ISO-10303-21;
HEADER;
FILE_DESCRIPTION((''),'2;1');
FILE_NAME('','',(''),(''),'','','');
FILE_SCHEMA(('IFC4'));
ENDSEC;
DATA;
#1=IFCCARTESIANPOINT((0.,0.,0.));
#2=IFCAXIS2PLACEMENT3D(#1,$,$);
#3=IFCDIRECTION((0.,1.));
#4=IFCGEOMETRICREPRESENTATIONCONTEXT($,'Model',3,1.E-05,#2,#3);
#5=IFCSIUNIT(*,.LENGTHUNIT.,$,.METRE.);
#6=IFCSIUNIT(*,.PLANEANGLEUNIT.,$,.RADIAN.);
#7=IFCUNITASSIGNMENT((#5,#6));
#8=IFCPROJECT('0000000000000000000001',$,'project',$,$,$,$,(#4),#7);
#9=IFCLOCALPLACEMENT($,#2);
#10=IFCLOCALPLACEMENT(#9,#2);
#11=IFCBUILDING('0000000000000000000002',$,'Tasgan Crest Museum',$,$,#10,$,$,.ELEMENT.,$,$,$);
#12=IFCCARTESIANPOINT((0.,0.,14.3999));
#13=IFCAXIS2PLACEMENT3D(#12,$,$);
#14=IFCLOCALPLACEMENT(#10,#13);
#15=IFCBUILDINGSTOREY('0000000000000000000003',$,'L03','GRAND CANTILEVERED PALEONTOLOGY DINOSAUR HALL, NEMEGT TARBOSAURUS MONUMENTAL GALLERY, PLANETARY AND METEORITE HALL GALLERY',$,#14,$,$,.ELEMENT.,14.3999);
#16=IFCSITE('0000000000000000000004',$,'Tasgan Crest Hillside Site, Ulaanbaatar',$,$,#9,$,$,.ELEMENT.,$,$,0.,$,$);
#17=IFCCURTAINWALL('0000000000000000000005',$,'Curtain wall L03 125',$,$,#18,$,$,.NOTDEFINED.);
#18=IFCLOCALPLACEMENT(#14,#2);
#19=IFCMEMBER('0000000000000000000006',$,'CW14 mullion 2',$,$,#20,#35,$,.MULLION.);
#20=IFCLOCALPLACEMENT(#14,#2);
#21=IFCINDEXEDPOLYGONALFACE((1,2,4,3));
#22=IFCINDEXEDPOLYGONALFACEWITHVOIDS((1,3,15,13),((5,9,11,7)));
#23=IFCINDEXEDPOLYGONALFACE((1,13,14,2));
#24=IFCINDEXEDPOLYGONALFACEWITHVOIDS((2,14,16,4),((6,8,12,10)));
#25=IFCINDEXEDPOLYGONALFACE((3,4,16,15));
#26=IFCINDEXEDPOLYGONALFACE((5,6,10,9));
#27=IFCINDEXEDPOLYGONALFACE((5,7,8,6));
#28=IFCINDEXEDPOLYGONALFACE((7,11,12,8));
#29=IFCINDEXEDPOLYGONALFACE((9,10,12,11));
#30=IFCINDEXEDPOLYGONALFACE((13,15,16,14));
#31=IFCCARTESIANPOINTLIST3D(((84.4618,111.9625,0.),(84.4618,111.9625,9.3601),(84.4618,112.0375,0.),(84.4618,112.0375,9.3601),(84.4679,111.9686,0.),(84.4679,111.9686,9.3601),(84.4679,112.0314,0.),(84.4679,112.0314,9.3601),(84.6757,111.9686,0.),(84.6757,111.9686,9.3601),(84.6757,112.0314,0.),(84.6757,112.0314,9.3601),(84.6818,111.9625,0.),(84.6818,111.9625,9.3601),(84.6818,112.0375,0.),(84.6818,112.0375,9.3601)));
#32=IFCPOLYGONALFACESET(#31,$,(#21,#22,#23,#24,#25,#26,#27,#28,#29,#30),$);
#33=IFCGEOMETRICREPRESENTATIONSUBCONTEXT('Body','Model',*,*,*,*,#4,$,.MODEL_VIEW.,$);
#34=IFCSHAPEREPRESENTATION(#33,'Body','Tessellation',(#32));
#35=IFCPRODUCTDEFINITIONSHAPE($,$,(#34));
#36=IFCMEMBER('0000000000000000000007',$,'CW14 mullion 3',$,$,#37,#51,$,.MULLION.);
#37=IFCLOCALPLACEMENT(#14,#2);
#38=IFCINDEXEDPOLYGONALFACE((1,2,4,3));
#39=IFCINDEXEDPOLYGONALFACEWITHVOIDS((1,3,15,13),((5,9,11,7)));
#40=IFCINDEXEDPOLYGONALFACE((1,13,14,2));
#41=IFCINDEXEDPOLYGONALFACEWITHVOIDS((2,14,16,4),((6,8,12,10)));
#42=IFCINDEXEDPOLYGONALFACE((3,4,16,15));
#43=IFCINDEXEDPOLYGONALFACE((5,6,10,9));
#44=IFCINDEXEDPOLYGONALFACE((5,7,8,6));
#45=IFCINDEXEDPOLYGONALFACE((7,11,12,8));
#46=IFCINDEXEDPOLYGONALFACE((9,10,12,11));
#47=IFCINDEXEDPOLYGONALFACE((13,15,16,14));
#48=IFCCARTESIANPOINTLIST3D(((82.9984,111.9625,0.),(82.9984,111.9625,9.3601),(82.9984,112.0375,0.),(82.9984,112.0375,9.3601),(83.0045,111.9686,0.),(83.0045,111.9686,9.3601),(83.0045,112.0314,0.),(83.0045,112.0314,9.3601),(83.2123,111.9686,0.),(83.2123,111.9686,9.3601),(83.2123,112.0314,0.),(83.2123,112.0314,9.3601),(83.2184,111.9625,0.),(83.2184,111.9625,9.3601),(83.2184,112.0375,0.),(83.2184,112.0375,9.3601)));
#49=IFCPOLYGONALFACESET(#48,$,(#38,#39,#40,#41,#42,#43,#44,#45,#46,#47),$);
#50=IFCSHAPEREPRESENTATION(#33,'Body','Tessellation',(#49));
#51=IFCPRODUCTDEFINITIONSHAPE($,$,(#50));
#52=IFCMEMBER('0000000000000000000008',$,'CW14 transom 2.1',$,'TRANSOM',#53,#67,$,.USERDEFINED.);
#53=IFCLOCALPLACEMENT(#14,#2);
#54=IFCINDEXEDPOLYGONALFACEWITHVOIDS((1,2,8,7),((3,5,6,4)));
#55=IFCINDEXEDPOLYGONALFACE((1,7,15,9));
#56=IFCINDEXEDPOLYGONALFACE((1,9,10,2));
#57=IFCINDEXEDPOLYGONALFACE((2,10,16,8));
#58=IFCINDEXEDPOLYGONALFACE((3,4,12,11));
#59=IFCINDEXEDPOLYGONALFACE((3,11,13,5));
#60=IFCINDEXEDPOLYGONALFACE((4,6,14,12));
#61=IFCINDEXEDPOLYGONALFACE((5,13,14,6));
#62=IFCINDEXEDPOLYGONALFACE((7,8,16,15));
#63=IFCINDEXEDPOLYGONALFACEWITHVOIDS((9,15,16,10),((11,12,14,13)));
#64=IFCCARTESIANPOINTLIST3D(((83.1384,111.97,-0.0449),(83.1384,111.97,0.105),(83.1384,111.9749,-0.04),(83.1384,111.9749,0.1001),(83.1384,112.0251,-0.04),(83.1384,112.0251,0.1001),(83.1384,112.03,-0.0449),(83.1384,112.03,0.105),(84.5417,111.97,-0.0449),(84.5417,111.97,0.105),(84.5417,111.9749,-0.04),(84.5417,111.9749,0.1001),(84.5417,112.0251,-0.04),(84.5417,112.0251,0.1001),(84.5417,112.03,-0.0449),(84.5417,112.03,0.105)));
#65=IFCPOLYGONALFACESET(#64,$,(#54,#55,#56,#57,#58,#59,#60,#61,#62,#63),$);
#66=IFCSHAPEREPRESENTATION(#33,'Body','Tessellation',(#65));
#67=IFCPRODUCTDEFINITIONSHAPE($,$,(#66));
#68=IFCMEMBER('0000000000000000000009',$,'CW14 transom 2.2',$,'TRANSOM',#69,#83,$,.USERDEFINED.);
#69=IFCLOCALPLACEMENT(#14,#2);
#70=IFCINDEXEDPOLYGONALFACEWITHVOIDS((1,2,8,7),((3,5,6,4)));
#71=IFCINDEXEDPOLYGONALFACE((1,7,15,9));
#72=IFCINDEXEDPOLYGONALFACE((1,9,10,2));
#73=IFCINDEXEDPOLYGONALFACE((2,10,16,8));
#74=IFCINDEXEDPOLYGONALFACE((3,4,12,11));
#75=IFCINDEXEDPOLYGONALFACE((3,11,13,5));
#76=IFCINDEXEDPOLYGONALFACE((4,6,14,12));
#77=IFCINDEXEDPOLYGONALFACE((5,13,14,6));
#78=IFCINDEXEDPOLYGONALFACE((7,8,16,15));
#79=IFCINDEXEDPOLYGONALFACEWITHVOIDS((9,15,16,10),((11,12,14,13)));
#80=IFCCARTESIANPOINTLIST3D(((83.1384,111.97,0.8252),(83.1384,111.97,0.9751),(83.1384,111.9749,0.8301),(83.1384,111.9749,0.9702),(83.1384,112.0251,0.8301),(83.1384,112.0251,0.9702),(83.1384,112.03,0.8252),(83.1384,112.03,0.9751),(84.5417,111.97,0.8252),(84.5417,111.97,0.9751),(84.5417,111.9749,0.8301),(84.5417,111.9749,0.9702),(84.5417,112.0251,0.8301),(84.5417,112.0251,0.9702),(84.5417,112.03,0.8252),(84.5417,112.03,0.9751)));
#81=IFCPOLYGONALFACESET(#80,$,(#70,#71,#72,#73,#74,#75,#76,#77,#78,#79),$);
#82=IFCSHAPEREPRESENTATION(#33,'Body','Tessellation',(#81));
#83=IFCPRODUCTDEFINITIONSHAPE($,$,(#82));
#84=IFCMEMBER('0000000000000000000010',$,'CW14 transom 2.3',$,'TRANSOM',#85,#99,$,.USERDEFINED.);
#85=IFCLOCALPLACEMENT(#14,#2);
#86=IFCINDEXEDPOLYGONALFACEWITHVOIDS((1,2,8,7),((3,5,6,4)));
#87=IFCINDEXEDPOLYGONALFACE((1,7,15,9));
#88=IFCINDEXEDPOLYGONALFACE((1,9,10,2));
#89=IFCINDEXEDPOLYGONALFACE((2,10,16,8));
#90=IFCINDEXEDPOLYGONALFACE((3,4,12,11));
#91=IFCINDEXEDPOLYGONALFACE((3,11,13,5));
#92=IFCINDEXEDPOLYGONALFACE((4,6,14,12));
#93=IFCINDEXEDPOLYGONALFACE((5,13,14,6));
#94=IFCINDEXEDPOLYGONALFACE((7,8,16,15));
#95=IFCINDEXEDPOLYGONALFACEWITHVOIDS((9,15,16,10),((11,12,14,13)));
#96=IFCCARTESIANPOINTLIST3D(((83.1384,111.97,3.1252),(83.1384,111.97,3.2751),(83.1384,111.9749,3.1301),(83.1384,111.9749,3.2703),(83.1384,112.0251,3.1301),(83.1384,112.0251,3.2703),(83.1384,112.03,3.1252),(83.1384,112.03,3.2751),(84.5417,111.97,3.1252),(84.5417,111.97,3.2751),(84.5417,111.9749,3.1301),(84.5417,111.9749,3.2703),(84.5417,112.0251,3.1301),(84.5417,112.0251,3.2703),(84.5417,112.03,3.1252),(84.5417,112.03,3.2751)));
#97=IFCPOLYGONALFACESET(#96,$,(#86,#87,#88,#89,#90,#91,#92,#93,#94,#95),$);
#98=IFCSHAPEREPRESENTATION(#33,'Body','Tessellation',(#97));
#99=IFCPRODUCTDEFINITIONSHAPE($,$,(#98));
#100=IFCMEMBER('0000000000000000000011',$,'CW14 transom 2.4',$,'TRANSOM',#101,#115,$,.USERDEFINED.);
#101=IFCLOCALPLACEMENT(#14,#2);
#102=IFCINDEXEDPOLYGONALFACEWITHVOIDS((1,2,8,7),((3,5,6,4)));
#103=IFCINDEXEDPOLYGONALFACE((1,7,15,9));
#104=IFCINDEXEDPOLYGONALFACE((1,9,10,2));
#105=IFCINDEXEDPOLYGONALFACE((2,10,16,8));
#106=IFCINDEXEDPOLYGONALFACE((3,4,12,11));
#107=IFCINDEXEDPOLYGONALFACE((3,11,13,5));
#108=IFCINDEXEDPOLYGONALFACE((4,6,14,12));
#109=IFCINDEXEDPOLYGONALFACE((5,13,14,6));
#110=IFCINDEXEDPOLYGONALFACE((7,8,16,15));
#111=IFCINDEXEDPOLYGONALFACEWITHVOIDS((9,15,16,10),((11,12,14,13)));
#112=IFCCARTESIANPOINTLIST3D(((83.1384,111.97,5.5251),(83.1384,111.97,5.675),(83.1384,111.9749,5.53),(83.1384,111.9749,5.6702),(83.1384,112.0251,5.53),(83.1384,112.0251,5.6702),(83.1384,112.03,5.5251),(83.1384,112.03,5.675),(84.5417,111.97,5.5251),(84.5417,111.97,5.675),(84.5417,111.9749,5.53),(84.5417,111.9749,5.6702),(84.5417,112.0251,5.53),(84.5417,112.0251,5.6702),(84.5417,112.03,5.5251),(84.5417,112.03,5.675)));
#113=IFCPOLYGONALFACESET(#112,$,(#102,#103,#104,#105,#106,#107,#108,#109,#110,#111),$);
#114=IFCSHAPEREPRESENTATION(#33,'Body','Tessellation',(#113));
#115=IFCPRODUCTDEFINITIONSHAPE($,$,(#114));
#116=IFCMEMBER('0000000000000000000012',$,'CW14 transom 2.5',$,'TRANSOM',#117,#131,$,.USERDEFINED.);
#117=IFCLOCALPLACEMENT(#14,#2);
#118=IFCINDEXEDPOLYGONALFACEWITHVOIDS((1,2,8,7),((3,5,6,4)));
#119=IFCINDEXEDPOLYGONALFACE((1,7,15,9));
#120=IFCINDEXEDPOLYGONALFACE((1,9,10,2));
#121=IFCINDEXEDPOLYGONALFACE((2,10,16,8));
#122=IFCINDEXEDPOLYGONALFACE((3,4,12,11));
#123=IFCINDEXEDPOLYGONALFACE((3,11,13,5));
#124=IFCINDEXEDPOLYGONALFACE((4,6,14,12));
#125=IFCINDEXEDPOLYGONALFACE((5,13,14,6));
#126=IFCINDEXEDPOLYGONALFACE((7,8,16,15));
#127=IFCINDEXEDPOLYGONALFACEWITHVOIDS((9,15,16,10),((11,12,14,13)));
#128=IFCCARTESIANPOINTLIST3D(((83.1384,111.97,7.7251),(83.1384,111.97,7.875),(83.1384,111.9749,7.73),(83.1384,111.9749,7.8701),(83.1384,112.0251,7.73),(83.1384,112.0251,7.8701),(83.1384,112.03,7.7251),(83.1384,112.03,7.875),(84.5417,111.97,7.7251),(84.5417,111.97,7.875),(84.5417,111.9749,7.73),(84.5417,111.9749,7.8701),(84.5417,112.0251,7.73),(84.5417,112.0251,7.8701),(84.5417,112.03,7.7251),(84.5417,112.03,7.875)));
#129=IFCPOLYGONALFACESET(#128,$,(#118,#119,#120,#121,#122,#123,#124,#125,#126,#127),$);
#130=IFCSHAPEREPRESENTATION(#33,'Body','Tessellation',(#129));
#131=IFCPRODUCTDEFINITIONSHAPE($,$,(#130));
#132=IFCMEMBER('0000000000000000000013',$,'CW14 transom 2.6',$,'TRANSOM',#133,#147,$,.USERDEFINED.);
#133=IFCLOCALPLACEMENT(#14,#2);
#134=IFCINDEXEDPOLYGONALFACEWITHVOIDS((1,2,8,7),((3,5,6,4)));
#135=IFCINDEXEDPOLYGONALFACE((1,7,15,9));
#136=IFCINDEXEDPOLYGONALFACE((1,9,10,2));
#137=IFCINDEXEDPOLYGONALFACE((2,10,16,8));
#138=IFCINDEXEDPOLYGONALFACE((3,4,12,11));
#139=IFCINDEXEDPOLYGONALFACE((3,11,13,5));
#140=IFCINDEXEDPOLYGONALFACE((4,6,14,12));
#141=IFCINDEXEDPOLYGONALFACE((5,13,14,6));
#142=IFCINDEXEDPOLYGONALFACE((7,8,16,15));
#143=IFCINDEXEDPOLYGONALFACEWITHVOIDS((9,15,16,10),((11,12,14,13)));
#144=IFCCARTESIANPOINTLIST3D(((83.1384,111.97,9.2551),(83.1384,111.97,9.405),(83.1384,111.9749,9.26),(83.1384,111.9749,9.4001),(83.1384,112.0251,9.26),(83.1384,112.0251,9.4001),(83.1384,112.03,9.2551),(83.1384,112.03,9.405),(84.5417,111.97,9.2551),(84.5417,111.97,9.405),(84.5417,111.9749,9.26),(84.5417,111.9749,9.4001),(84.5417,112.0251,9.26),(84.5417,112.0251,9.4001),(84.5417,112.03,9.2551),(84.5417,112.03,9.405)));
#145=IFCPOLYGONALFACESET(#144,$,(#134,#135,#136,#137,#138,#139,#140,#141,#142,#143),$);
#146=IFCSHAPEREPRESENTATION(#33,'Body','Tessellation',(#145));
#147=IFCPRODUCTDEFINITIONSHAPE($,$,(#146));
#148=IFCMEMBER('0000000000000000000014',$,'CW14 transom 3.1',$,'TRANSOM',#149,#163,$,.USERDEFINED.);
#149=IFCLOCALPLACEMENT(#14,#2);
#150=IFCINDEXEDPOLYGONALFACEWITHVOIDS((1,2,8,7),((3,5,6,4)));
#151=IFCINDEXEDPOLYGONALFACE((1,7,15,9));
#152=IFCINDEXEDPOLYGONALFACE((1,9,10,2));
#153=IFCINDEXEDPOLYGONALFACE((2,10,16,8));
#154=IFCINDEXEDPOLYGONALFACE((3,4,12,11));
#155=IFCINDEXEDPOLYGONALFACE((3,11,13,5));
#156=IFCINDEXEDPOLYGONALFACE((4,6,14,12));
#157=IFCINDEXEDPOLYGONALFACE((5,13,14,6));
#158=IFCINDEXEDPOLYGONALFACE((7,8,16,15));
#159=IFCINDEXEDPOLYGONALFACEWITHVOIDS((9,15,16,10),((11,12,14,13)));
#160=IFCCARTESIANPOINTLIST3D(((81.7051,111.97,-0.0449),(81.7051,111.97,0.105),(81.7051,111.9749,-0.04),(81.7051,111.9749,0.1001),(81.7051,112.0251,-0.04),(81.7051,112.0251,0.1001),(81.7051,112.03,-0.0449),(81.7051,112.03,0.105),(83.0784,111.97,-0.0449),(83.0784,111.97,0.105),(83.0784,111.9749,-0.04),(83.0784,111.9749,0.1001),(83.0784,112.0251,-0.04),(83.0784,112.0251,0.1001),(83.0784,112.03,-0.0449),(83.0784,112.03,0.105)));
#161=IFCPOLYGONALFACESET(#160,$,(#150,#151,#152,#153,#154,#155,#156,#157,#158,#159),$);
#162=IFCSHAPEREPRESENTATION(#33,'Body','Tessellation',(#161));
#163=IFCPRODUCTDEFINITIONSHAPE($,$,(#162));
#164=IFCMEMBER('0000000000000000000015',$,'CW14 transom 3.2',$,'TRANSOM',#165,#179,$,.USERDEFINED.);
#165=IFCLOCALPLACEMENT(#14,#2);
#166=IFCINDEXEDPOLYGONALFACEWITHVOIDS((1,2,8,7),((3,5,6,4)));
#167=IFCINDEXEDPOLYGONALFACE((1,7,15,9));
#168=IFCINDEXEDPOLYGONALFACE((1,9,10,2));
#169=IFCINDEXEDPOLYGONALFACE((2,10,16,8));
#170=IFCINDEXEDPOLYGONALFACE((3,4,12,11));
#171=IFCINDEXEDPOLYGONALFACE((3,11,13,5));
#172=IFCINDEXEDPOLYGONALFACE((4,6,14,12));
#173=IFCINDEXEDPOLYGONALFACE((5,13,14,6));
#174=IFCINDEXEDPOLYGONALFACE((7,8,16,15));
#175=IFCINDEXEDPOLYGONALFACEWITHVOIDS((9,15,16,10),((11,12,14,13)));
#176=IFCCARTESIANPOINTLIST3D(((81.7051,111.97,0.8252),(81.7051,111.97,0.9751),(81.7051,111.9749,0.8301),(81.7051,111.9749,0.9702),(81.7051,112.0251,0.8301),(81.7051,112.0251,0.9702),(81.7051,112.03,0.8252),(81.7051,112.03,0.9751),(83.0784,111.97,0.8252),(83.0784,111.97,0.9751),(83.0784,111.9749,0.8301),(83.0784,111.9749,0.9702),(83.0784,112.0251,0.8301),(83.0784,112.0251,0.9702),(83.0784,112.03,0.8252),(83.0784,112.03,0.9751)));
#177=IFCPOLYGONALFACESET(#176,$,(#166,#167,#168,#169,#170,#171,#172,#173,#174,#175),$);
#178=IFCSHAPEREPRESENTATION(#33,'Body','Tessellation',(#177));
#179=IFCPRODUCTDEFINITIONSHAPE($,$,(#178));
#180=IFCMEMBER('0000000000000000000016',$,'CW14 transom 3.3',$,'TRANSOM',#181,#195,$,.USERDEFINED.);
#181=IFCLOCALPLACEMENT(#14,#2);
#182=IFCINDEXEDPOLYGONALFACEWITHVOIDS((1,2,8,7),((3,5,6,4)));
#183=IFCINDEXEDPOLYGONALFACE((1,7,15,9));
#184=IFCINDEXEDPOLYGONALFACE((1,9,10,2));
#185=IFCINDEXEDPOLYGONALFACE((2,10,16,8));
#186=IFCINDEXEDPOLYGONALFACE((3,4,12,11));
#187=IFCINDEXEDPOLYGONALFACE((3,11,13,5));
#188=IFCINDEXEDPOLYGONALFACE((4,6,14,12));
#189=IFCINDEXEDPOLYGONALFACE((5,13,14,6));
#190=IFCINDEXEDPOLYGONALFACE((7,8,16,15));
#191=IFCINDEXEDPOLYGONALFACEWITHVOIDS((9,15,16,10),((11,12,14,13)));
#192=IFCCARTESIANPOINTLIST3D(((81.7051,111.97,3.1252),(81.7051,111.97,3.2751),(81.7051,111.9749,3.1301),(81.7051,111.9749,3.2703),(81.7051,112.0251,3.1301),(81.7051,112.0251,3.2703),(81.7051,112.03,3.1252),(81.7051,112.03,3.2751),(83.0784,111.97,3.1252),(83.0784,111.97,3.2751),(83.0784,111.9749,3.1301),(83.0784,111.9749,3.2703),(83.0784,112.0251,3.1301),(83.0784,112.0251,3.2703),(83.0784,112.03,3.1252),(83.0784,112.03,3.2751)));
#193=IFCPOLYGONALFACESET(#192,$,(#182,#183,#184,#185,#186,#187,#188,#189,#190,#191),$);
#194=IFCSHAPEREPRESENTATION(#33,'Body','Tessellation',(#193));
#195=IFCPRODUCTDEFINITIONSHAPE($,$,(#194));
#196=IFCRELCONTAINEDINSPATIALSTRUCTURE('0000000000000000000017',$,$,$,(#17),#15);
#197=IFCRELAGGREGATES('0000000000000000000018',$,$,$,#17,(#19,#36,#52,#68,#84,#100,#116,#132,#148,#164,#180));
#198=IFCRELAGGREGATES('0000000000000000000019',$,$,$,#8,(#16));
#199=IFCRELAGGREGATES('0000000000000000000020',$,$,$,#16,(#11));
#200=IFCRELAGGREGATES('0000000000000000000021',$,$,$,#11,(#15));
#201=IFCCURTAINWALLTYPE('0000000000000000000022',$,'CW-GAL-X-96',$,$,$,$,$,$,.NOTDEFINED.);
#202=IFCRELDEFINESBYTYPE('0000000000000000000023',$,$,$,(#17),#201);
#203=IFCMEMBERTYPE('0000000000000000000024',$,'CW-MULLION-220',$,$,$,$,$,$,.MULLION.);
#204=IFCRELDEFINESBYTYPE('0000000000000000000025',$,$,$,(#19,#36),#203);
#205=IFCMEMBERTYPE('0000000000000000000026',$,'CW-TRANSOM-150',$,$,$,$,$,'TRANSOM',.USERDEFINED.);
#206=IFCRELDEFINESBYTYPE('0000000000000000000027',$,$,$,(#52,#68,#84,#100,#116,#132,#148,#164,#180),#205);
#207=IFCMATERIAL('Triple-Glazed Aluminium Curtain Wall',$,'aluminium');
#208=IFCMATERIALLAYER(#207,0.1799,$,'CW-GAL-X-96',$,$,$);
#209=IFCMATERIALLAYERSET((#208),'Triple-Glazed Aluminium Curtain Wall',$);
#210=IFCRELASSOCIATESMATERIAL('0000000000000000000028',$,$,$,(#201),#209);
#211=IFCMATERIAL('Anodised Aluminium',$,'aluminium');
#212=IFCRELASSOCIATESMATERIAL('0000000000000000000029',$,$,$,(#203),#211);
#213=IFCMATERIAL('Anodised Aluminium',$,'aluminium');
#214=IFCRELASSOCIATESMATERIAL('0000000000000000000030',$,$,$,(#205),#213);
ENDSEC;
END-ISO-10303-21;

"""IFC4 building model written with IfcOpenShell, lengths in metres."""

from ifc_helpers import new_model, si_unit, direction, frame, origin, origin_2d, place, context, subcontext, project, spatial, hollow_rectangle, extrude, material, layer, layer_set, material_profile, profile_set, type_object, element, aggregate, save


model = new_model("IFC4")

# Units and contexts
model_context = context("Model", 3, precision=1e-05, world=origin(), true_north=direction((0.0, 1.0)))
body_context = subcontext(model_context, "Body", "Model", "MODEL_VIEW")
ifc_project = project(units=[si_unit("LENGTHUNIT", "METRE"), si_unit("PLANEANGLEUNIT", "RADIAN")], contexts=[model_context])

# Site, building, storey
site_placement = place(None, origin())
site = spatial("IfcSite", under=ifc_project, at=site_placement, Name="Tasgan Crest Hillside Site, Ulaanbaatar", CompositionType="ELEMENT", RefElevation=0.0)
building_placement = place(site_placement, origin())
building = spatial("IfcBuilding", under=site, at=building_placement, Name="Tasgan Crest Museum", CompositionType="ELEMENT")
storey_placement = place(building_placement, frame((0.0, 0.0, 14.3999)))
storey = spatial("IfcBuildingStorey", under=building, at=storey_placement, Name="L03", Description="GRAND CANTILEVERED PALEONTOLOGY DINOSAUR HALL, NEMEGT TARBOSAURUS MONUMENTAL GALLERY, PLANETARY AND METEORITE HALL GALLERY", CompositionType="ELEMENT", Elevation=14.3999)

# Curtain wall, members
ifc_material_1 = material(Name="Triple-Glazed Aluminium Curtain Wall", Category="aluminium")
ifc_layer_1 = layer(ifc_material_1, 0.1799, Name="CW-GAL-X-96")
ifc_layer_set_1 = layer_set([ifc_layer_1], Name="Triple-Glazed Aluminium Curtain Wall")
curtain_wall_type = type_object("IfcCurtainWallType", Name="CW-GAL-X-96", PredefinedType="NOTDEFINED", material=ifc_layer_set_1)
curtain_wall_placement = place(storey_placement, origin())
curtain_wall = element("IfcCurtainWall", 1, at=curtain_wall_placement, inside=storey, type_object=curtain_wall_type, Name="Curtain wall L03 125", PredefinedType="NOTDEFINED")
ifc_material_2 = material(Name="Anodised Aluminium", Category="aluminium")
ifc_material_profile_1 = material_profile(ifc_material_2, hollow_rectangle(XDim=0.075, YDim=0.22, WallThickness=0.0061, at=origin_2d()), Name="ALU MULLION 220x75x6")
ifc_profile_set_1 = profile_set([ifc_material_profile_1], Name="Anodised Aluminium")
member_type_1 = type_object("IfcMemberType", Name="CW-MULLION-220", PredefinedType="MULLION", material=ifc_profile_set_1)
member_1_placement = place(storey_placement, frame((84.5718, 112.0, 0.0), z_axis=(0.0, 0.0, 1.0), x_axis=(0.0, -1.0, 0.0)))
member_1 = element("IfcMember", 2, at=member_1_placement, type_object=member_type_1, Name="CW14 mullion 2", PredefinedType="MULLION", context=body_context, shape_type="SweptSolid", body=[
    extrude(hollow_rectangle(XDim=0.075, YDim=0.22, WallThickness=0.0061, at=origin_2d()), origin(), (0.0, 0.0, 1.0), 9.3601),
])
member_2_placement = place(storey_placement, frame((83.1084, 112.0, 0.0), z_axis=(0.0, 0.0, 1.0), x_axis=(0.0, -1.0, 0.0)))
member_2 = element("IfcMember", 3, at=member_2_placement, type_object=member_type_1, Name="CW14 mullion 3", PredefinedType="MULLION", context=body_context, shape_type="SweptSolid", body=[
    extrude(hollow_rectangle(XDim=0.075, YDim=0.22, WallThickness=0.0061, at=origin_2d()), origin(), (0.0, 0.0, 1.0), 9.3601),
])
ifc_material_3 = material(Name="Anodised Aluminium", Category="aluminium")
ifc_material_profile_2 = material_profile(ifc_material_3, hollow_rectangle(XDim=0.0601, YDim=0.1499, WallThickness=0.0049, at=origin_2d()), Name="ALU TRANSOM 150x60x5")
ifc_profile_set_2 = profile_set([ifc_material_profile_2], Name="Anodised Aluminium")
member_type_2 = type_object("IfcMemberType", Name="CW-TRANSOM-150", ElementType="TRANSOM", PredefinedType="USERDEFINED", material=ifc_profile_set_2)
member_3_placement = place(storey_placement, frame((84.5417, 112.0, 0.03), z_axis=(-1.0, 0.0, 0.0), x_axis=(0.0, -1.0, 0.0)))
member_3 = element("IfcMember", 4, at=member_3_placement, type_object=member_type_2, Name="CW14 transom 2.1", ObjectType="TRANSOM", PredefinedType="USERDEFINED", context=body_context, shape_type="SweptSolid", body=[
    extrude(hollow_rectangle(XDim=0.0601, YDim=0.1499, WallThickness=0.0049, at=origin_2d()), origin(), (0.0, 0.0, 1.0), 1.4033),
])
member_4_placement = place(storey_placement, frame((84.5417, 112.0, 0.9001), z_axis=(-1.0, 0.0, 0.0), x_axis=(0.0, -1.0, 0.0)))
member_4 = element("IfcMember", 5, at=member_4_placement, type_object=member_type_2, Name="CW14 transom 2.2", ObjectType="TRANSOM", PredefinedType="USERDEFINED", context=body_context, shape_type="SweptSolid", body=[
    extrude(hollow_rectangle(XDim=0.0601, YDim=0.1499, WallThickness=0.0049, at=origin_2d()), origin(), (0.0, 0.0, 1.0), 1.4033),
])
member_5_placement = place(storey_placement, frame((84.5417, 112.0, 3.2002), z_axis=(-1.0, 0.0, 0.0), x_axis=(0.0, -1.0, 0.0)))
member_5 = element("IfcMember", 6, at=member_5_placement, type_object=member_type_2, Name="CW14 transom 2.3", ObjectType="TRANSOM", PredefinedType="USERDEFINED", context=body_context, shape_type="SweptSolid", body=[
    extrude(hollow_rectangle(XDim=0.0601, YDim=0.1499, WallThickness=0.0049, at=origin_2d()), origin(), (0.0, 0.0, 1.0), 1.4033),
])
member_6_placement = place(storey_placement, frame((84.5417, 112.0, 5.6001), z_axis=(-1.0, 0.0, 0.0), x_axis=(0.0, -1.0, 0.0)))
member_6 = element("IfcMember", 7, at=member_6_placement, type_object=member_type_2, Name="CW14 transom 2.4", ObjectType="TRANSOM", PredefinedType="USERDEFINED", context=body_context, shape_type="SweptSolid", body=[
    extrude(hollow_rectangle(XDim=0.0601, YDim=0.1499, WallThickness=0.0049, at=origin_2d()), origin(), (0.0, 0.0, 1.0), 1.4033),
])
member_7_placement = place(storey_placement, frame((84.5417, 112.0, 7.8), z_axis=(-1.0, 0.0, 0.0), x_axis=(0.0, -1.0, 0.0)))
member_7 = element("IfcMember", 8, at=member_7_placement, type_object=member_type_2, Name="CW14 transom 2.5", ObjectType="TRANSOM", PredefinedType="USERDEFINED", context=body_context, shape_type="SweptSolid", body=[
    extrude(hollow_rectangle(XDim=0.0601, YDim=0.1499, WallThickness=0.0049, at=origin_2d()), origin(), (0.0, 0.0, 1.0), 1.4033),
])
member_8_placement = place(storey_placement, frame((84.5417, 112.0, 9.3301), z_axis=(-1.0, 0.0, 0.0), x_axis=(0.0, -1.0, 0.0)))
member_8 = element("IfcMember", 9, at=member_8_placement, type_object=member_type_2, Name="CW14 transom 2.6", ObjectType="TRANSOM", PredefinedType="USERDEFINED", context=body_context, shape_type="SweptSolid", body=[
    extrude(hollow_rectangle(XDim=0.0601, YDim=0.1499, WallThickness=0.0049, at=origin_2d()), origin(), (0.0, 0.0, 1.0), 1.4033),
])
member_9_placement = place(storey_placement, frame((83.0784, 112.0, 0.03), z_axis=(-1.0, 0.0, 0.0), x_axis=(0.0, -1.0, 0.0)))
member_9 = element("IfcMember", 10, at=member_9_placement, type_object=member_type_2, Name="CW14 transom 3.1", ObjectType="TRANSOM", PredefinedType="USERDEFINED", context=body_context, shape_type="SweptSolid", body=[
    extrude(hollow_rectangle(XDim=0.0601, YDim=0.1499, WallThickness=0.0049, at=origin_2d()), origin(), (0.0, 0.0, 1.0), 1.3733),
])
member_10_placement = place(storey_placement, frame((83.0784, 112.0, 0.9001), z_axis=(-1.0, 0.0, 0.0), x_axis=(0.0, -1.0, 0.0)))
member_10 = element("IfcMember", 11, at=member_10_placement, type_object=member_type_2, Name="CW14 transom 3.2", ObjectType="TRANSOM", PredefinedType="USERDEFINED", context=body_context, shape_type="SweptSolid", body=[
    extrude(hollow_rectangle(XDim=0.0601, YDim=0.1499, WallThickness=0.0049, at=origin_2d()), origin(), (0.0, 0.0, 1.0), 1.3733),
])
member_11_placement = place(storey_placement, frame((83.0784, 112.0, 3.2002), z_axis=(-1.0, 0.0, 0.0), x_axis=(0.0, -1.0, 0.0)))
member_11 = element("IfcMember", 12, at=member_11_placement, type_object=member_type_2, Name="CW14 transom 3.3", ObjectType="TRANSOM", PredefinedType="USERDEFINED", context=body_context, shape_type="SweptSolid", body=[
    extrude(hollow_rectangle(XDim=0.0601, YDim=0.1499, WallThickness=0.0049, at=origin_2d()), origin(), (0.0, 0.0, 1.0), 1.3733),
])
aggregate(curtain_wall, [member_1, member_2, member_3, member_4, member_5, member_6, member_7, member_8, member_9, member_10, member_11])

save(model, "model.ifc")
